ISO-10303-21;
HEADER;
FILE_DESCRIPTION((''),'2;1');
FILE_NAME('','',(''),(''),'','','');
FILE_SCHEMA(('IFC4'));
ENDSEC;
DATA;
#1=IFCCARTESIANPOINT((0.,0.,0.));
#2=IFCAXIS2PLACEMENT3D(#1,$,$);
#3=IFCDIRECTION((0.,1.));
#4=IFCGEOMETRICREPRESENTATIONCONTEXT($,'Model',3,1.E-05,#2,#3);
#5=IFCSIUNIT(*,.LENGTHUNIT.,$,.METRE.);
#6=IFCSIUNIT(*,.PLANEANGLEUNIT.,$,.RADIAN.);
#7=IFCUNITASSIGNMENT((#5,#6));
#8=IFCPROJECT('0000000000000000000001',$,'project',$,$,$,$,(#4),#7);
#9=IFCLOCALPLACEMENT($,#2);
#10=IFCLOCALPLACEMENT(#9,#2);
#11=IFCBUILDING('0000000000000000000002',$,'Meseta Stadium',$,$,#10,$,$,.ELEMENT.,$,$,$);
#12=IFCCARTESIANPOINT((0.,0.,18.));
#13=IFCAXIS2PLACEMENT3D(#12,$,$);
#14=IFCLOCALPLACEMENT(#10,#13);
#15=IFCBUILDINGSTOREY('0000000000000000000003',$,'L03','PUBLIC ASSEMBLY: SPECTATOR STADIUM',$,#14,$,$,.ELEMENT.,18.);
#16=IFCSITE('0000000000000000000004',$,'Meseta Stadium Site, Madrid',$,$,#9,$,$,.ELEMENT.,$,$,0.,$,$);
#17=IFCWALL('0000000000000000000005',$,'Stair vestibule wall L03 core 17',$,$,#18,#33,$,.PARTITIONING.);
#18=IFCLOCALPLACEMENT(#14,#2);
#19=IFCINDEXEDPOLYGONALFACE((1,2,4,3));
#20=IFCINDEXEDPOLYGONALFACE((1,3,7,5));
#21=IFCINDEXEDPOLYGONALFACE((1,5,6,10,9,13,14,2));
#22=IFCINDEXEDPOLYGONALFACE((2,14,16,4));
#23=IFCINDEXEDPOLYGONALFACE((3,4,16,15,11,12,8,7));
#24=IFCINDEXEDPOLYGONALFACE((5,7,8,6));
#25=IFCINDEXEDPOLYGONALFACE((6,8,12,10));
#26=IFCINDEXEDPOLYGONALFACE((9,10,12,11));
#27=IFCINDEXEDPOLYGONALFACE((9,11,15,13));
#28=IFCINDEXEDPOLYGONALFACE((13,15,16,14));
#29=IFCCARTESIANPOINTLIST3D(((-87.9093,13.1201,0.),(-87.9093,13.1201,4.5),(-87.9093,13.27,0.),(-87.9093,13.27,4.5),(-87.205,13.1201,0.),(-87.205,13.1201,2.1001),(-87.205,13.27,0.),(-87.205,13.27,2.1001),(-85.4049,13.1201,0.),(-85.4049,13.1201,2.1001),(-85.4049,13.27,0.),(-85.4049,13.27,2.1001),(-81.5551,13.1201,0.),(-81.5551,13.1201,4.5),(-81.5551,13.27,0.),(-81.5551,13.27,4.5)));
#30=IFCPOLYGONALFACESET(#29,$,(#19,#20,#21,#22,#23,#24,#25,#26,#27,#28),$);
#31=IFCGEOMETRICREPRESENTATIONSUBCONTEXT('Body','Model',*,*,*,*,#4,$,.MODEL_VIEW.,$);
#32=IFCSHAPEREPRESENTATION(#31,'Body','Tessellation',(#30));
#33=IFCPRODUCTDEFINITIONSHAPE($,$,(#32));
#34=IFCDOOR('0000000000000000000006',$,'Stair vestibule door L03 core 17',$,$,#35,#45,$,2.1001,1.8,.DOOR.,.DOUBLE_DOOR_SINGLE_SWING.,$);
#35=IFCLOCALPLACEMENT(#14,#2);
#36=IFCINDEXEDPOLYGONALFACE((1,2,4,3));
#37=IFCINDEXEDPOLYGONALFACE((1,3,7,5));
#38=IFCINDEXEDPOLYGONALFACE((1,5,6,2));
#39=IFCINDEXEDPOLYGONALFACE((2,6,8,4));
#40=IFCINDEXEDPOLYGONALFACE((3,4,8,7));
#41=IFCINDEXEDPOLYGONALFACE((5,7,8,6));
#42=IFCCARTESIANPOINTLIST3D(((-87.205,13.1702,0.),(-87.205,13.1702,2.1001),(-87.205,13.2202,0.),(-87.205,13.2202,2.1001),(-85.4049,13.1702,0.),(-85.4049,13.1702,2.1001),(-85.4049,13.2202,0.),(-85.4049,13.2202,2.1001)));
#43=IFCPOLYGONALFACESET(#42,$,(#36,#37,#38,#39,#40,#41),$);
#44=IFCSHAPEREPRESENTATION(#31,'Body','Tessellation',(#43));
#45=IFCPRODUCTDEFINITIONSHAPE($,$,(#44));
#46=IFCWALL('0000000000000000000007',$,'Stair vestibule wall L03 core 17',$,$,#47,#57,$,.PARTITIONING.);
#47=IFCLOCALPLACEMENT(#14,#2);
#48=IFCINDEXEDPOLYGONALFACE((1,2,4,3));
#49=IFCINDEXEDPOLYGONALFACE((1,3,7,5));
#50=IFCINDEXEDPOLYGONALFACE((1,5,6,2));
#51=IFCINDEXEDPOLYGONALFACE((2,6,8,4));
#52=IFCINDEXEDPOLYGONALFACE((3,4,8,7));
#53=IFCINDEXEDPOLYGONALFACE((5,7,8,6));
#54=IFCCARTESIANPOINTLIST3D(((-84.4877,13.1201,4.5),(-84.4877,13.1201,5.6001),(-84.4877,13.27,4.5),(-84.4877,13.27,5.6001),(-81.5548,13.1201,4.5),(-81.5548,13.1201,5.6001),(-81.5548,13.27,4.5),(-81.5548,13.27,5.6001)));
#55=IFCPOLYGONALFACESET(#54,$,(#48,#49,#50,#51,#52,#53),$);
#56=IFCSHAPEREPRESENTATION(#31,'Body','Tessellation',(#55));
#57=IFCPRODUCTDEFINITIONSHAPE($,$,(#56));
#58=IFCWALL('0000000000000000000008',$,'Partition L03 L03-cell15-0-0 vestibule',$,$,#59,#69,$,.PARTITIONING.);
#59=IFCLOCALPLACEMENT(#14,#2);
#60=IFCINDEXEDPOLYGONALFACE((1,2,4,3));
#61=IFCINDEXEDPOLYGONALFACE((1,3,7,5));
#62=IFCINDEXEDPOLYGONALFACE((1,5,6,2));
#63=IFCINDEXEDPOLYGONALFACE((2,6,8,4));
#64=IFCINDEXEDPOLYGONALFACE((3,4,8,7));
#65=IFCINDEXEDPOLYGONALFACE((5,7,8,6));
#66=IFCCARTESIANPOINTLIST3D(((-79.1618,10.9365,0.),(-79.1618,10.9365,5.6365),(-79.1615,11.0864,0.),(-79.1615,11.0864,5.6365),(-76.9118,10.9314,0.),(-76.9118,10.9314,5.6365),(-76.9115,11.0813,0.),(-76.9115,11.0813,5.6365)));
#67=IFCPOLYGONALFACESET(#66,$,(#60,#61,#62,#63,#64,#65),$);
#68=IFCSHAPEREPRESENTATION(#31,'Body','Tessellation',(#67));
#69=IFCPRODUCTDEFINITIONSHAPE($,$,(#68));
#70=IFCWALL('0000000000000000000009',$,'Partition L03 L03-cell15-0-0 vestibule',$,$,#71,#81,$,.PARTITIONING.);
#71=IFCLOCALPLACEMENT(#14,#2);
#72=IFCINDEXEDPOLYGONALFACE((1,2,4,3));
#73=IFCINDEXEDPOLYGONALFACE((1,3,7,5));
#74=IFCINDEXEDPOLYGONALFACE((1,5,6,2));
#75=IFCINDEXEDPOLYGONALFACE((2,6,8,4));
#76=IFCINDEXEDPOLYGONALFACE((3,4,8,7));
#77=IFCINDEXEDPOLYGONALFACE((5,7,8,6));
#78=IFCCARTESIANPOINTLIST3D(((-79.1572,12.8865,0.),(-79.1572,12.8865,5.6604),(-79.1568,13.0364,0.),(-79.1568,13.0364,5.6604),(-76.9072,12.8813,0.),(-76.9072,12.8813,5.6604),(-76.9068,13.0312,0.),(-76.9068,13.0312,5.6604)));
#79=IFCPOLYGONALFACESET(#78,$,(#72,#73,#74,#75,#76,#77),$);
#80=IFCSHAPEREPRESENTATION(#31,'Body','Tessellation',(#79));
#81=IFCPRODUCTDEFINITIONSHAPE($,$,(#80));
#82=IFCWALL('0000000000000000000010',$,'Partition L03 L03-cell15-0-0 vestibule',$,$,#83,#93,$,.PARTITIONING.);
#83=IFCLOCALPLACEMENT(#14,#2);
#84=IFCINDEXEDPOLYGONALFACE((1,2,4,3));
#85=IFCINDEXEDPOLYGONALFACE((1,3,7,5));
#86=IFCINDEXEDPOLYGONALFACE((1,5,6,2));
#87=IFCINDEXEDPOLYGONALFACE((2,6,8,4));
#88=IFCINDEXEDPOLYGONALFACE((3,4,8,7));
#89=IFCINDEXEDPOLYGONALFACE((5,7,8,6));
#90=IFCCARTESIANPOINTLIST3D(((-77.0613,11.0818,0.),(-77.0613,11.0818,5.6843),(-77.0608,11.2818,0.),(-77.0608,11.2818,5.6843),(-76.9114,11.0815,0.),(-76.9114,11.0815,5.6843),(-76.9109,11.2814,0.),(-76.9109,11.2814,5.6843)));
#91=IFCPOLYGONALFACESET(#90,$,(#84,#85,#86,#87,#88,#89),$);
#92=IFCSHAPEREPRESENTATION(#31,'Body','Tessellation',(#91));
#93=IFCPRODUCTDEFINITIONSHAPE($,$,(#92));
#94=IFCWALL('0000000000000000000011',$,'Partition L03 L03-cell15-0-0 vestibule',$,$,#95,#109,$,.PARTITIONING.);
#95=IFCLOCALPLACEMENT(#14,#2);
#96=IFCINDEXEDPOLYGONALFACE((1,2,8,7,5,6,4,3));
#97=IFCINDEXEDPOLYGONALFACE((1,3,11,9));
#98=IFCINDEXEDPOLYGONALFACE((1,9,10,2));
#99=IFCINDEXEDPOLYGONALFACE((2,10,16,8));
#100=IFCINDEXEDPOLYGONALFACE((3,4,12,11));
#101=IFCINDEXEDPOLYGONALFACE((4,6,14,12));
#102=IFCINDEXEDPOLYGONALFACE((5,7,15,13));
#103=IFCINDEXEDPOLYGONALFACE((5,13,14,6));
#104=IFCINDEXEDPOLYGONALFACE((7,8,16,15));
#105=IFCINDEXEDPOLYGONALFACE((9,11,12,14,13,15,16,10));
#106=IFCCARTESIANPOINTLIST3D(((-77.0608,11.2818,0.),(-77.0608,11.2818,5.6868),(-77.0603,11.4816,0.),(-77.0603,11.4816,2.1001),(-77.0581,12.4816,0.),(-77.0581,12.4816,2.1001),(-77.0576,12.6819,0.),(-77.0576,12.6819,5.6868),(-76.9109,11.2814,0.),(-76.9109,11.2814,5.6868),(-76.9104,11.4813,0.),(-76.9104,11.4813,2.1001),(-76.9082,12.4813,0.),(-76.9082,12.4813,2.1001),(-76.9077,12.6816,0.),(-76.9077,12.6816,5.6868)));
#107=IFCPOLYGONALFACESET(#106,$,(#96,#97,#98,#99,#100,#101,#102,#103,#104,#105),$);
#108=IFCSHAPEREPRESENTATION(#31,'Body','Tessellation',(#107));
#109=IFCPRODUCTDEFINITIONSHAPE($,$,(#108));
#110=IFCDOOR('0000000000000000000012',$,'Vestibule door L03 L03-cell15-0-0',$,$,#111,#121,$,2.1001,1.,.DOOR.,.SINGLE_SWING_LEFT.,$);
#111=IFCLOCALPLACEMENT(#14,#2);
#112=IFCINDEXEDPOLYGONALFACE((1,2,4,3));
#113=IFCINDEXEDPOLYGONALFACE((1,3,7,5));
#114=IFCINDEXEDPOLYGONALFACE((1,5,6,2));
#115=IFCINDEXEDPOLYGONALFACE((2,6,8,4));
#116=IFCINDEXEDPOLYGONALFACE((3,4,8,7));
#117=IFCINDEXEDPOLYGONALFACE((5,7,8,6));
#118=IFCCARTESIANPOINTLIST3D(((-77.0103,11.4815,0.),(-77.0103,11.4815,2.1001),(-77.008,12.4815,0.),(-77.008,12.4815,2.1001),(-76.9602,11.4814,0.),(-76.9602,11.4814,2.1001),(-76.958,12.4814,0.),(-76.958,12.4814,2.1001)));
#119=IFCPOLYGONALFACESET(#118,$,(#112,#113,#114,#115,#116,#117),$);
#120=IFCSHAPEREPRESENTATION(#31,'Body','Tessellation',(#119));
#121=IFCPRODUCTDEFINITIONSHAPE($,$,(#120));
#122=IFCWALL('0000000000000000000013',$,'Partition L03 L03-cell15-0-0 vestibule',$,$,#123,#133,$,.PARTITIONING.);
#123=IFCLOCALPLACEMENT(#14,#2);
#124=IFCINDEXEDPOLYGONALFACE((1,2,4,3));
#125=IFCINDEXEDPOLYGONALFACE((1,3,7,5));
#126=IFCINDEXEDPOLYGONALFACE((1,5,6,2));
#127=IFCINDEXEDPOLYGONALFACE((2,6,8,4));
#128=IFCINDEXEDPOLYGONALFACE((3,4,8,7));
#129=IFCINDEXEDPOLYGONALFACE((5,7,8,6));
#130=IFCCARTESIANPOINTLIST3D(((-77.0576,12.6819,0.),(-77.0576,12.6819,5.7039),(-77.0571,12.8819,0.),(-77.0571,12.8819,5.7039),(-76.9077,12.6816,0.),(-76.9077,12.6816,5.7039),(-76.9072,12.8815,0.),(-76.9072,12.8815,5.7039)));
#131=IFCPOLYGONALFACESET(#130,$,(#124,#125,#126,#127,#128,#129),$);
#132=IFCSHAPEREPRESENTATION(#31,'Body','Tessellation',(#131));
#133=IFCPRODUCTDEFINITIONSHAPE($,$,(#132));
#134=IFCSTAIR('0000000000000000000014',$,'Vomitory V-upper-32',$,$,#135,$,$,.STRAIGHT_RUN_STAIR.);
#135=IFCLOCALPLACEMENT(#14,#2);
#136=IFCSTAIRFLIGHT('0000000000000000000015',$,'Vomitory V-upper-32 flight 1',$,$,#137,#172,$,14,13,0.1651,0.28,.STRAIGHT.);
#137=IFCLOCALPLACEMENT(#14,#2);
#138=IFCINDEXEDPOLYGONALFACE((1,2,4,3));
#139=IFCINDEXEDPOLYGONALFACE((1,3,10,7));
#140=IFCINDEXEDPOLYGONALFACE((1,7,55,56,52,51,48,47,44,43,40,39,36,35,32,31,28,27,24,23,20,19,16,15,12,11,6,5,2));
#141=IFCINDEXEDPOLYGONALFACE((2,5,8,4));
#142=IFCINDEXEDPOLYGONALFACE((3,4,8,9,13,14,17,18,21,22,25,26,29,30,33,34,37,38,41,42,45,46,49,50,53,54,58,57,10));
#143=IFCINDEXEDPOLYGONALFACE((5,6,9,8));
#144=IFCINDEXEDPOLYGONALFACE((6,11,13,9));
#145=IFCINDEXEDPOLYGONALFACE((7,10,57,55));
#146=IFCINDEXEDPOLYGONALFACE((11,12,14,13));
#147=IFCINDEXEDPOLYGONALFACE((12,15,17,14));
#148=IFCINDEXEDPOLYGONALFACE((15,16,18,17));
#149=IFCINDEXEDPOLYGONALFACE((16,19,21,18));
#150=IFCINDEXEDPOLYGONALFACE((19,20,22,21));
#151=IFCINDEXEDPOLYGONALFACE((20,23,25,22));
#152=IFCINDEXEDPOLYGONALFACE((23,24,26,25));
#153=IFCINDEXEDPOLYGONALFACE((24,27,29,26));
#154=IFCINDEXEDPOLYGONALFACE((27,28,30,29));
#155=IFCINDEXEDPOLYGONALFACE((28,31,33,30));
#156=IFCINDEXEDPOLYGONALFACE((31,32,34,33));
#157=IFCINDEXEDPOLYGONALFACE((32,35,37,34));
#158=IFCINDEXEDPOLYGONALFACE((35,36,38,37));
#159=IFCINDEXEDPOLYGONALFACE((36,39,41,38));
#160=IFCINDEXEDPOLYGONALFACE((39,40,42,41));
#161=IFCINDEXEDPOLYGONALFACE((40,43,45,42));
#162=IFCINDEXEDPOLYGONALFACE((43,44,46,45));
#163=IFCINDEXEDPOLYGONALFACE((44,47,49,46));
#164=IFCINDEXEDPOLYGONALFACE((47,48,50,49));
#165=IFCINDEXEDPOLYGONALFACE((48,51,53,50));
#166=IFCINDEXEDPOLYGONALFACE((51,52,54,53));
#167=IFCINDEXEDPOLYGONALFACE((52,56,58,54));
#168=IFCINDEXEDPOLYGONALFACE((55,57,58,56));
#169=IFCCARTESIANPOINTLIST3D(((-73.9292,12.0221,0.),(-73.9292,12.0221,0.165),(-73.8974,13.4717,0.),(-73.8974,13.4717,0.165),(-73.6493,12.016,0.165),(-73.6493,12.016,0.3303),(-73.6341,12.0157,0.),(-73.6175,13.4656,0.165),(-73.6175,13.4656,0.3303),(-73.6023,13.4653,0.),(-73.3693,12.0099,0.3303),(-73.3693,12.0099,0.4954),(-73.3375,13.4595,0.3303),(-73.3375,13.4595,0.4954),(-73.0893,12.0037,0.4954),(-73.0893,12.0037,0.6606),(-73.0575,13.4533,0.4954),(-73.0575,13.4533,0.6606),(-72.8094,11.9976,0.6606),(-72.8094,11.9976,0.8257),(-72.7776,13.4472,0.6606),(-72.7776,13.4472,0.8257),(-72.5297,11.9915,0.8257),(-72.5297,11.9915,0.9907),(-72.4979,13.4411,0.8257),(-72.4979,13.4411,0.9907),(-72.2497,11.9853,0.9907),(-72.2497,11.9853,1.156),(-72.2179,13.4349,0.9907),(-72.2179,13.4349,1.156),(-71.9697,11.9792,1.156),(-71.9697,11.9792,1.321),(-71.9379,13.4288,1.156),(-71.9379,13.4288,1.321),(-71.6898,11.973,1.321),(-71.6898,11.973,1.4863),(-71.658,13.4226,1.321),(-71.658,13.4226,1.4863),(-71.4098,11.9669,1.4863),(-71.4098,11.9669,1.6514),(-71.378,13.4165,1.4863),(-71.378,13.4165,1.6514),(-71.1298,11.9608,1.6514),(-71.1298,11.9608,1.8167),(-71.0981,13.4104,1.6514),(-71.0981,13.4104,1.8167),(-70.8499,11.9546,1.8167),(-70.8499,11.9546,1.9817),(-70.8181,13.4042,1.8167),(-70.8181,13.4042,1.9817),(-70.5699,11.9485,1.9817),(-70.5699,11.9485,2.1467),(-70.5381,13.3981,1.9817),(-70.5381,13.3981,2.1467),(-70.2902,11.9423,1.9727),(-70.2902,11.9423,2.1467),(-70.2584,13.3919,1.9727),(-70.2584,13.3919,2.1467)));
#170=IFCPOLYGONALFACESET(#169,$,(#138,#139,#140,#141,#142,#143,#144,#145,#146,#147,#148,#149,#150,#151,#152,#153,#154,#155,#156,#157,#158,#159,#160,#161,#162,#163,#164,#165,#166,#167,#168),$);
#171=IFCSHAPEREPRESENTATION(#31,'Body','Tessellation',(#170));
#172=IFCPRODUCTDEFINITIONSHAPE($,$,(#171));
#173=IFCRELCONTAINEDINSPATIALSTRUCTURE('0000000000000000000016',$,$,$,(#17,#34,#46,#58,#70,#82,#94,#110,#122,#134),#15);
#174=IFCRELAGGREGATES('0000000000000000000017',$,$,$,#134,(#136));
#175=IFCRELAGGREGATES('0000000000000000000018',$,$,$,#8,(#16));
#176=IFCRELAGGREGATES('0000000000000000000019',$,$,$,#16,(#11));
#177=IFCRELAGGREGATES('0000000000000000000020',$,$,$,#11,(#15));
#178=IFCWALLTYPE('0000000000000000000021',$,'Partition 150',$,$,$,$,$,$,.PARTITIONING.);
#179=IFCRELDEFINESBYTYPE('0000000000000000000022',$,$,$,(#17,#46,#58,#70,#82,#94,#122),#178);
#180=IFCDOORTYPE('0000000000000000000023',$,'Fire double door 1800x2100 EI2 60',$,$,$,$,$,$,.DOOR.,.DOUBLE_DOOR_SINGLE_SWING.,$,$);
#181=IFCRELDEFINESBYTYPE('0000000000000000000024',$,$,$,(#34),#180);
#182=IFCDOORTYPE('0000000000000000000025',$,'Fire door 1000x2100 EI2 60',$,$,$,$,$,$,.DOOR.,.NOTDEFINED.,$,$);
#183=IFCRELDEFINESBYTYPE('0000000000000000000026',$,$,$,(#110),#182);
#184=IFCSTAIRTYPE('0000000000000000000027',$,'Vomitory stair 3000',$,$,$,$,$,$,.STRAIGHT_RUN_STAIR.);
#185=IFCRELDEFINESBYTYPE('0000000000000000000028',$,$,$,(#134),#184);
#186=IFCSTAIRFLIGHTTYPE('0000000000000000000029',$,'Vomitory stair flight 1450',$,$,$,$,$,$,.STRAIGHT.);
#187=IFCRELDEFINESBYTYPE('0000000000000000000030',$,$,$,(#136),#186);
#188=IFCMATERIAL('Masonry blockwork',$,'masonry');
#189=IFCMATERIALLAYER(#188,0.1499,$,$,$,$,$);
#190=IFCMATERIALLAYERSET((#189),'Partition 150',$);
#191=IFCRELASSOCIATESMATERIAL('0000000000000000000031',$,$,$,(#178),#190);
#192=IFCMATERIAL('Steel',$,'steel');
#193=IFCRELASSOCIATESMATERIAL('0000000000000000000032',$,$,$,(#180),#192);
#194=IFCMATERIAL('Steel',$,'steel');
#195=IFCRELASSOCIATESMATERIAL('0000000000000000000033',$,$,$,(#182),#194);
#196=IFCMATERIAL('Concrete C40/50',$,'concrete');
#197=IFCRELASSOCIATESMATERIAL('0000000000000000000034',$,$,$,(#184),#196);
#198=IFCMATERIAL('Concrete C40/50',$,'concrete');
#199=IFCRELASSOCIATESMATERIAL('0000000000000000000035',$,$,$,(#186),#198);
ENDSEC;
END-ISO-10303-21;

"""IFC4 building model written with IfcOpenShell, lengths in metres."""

from ifc_helpers import new_model, si_unit, direction, frame, frame_2d, origin, place, context, subcontext, project, spatial, polyline, rectangle, outline, extrude, material, layer, layer_set, type_object, element, fill, aggregate, save


model = new_model("IFC4")

# Units and contexts
model_context = context("Model", 3, precision=1e-05, world=origin(), true_north=direction((0.0, 1.0)))
body_context = subcontext(model_context, "Body", "Model", "MODEL_VIEW")
ifc_project = project(units=[si_unit("LENGTHUNIT", "METRE"), si_unit("PLANEANGLEUNIT", "RADIAN")], contexts=[model_context])

# Site, building, storey
site_placement = place(None, origin())
site = spatial("IfcSite", under=ifc_project, at=site_placement, Name="Meseta Stadium Site, Madrid", CompositionType="ELEMENT", RefElevation=0.0)
building_placement = place(site_placement, origin())
building = spatial("IfcBuilding", under=site, at=building_placement, Name="Meseta Stadium", CompositionType="ELEMENT")
storey_placement = place(building_placement, frame((0.0, 0.0, 18.0)))
storey = spatial("IfcBuildingStorey", under=building, at=storey_placement, Name="L03", Description="PUBLIC ASSEMBLY: SPECTATOR STADIUM", CompositionType="ELEMENT", Elevation=18.0)

# Wall, opening, door
ifc_material_1 = material(Name="Masonry blockwork", Category="masonry")
ifc_layer_1 = layer(ifc_material_1, 0.1499)
ifc_layer_set_1 = layer_set([ifc_layer_1], Name="Partition 150")
wall_type = type_object("IfcWallType", Name="Partition 150", PredefinedType="PARTITIONING", material=ifc_layer_set_1)
wall_1_placement = place(storey_placement, frame((-81.5549, 13.1951, 0.0), z_axis=(0.0, 0.0, 1.0), x_axis=(-1.0, 0.0, 0.0)))
wall_1 = element("IfcWall", 1, at=wall_1_placement, inside=storey, type_object=wall_type, Name="Stair vestibule wall L03 core 17", PredefinedType="PARTITIONING", context=body_context, shape_type="SweptSolid", body=[
    extrude(rectangle(XDim=6.3542, YDim=0.1499, at=frame_2d((3.1772, 0.0))), origin(), (0.0, 0.0, 1.0), 4.5),
])
opening_1_placement = place(wall_1_placement, frame((3.8501, 0.0, 0.0)))
opening_1 = element("IfcOpeningElement", 2, at=opening_1_placement, cuts=wall_1, PredefinedType="OPENING", context=body_context, shape_type="SweptSolid", body=[
    extrude(rectangle(XDim=1.8, YDim=2.1001, at=frame_2d((0.8999, 1.05))), frame((0.0, 0.085, 0.0), z_axis=(0.0, -1.0, 0.0), x_axis=(1.0, 0.0, 0.0)), (0.0, 0.0, 1.0), 0.1699),
])
ifc_material_2 = material(Name="Steel", Category="steel")
door_type_1 = type_object("IfcDoorType", Name="Fire double door 1800x2100 EI2 60", OperationType="DOUBLE_DOOR_SINGLE_SWING", PredefinedType="DOOR", material=ifc_material_2)
door_1_placement = place(opening_1_placement, origin())
door_1 = element("IfcDoor", 3, at=door_1_placement, inside=storey, type_object=door_type_1, Name="Stair vestibule door L03 core 17", OperationType="DOUBLE_DOOR_SINGLE_SWING", OverallHeight=2.1001, OverallWidth=1.8, PredefinedType="DOOR", context=body_context, shape_type="SweptSolid", body=[
    extrude(rectangle(XDim=1.8, YDim=2.1001, at=frame_2d((0.8999, 1.05))), frame((0.0, 0.0249, 0.0), z_axis=(0.0, -1.0, 0.0), x_axis=(1.0, 0.0, 0.0)), (0.0, 0.0, 1.0), 0.05),
])
fill(opening_1, door_1)

# Walls
wall_2_placement = place(storey_placement, frame((-81.5549, 13.1951, 4.5), z_axis=(0.0, 0.0, 1.0), x_axis=(-1.0, 0.0, 0.0)))
element("IfcWall", 4, at=wall_2_placement, inside=storey, type_object=wall_type, Name="Stair vestibule wall L03 core 17", PredefinedType="PARTITIONING", context=body_context, shape_type="SweptSolid", body=[
    extrude(rectangle(XDim=2.9329, YDim=0.1499, at=frame_2d((1.4663, 0.0))), origin(), (0.0, 0.0, 1.0), 1.1001),
])
wall_3_placement = place(storey_placement, frame((-79.1616, 11.0115, 0.0), z_axis=(0.0, 0.0, 1.0), x_axis=(0.999997, -0.002279, 0.0)))
element("IfcWall", 5, at=wall_3_placement, inside=storey, type_object=wall_type, Name="Partition L03 L03-cell15-0-0 vestibule", PredefinedType="PARTITIONING", context=body_context, shape_type="SweptSolid", body=[
    extrude(rectangle(XDim=2.25, YDim=0.1499, at=frame_2d((1.125, 0.0))), origin(), (0.0, 0.0, 1.0), 5.6365),
])
wall_4_placement = place(storey_placement, frame((-79.157, 12.9614, 0.0), z_axis=(0.0, 0.0, 1.0), x_axis=(0.999997, -0.002279, 0.0)))
element("IfcWall", 6, at=wall_4_placement, inside=storey, type_object=wall_type, Name="Partition L03 L03-cell15-0-0 vestibule", PredefinedType="PARTITIONING", context=body_context, shape_type="SweptSolid", body=[
    extrude(rectangle(XDim=2.25, YDim=0.1499, at=frame_2d((1.125, 0.0))), origin(), (0.0, 0.0, 1.0), 5.6604),
])
wall_5_placement = place(storey_placement, frame((-76.9863, 11.0815, 0.0), z_axis=(0.0, 0.0, 1.0), x_axis=(0.002442, 0.999997, 0.0)))
element("IfcWall", 7, at=wall_5_placement, inside=storey, type_object=wall_type, Name="Partition L03 L03-cell15-0-0 vestibule", PredefinedType="PARTITIONING", context=body_context, shape_type="SweptSolid", body=[
    extrude(rectangle(XDim=0.2, YDim=0.1499, at=frame_2d((0.1001, 0.0))), origin(), (0.0, 0.0, 1.0), 5.6843),
])

# Wall, opening, door
wall_6_placement = place(storey_placement, frame((-76.9858, 11.2815, 0.0), z_axis=(0.0, 0.0, 1.0), x_axis=(0.002267, 0.999997, 0.0)))
wall_6 = element("IfcWall", 8, at=wall_6_placement, inside=storey, type_object=wall_type, Name="Partition L03 L03-cell15-0-0 vestibule", PredefinedType="PARTITIONING", context=body_context, shape_type="SweptSolid", body=[
    extrude(rectangle(XDim=1.4001, YDim=0.1499, at=frame_2d((0.7002, 0.0))), origin(), (0.0, 0.0, 1.0), 5.6868),
])
opening_2_placement = place(wall_6_placement, frame((0.2, 0.0, 0.0)))
opening_2 = element("IfcOpeningElement", 9, at=opening_2_placement, cuts=wall_6, PredefinedType="OPENING", context=body_context, shape_type="SweptSolid", body=[
    extrude(rectangle(XDim=1.0, YDim=2.1001, at=frame_2d((0.5, 1.05))), frame((0.0, 0.085, 0.0), z_axis=(0.0, -1.0, 0.0), x_axis=(1.0, 0.0, 0.0)), (0.0, 0.0, 1.0), 0.1699),
])
ifc_material_3 = material(Name="Steel", Category="steel")
door_type_2 = type_object("IfcDoorType", Name="Fire door 1000x2100 EI2 60", OperationType="NOTDEFINED", PredefinedType="DOOR", material=ifc_material_3)
door_2_placement = place(opening_2_placement, origin())
door_2 = element("IfcDoor", 10, at=door_2_placement, inside=storey, type_object=door_type_2, Name="Vestibule door L03 L03-cell15-0-0", OperationType="SINGLE_SWING_LEFT", OverallHeight=2.1001, OverallWidth=1.0, PredefinedType="DOOR", context=body_context, shape_type="SweptSolid", body=[
    extrude(rectangle(XDim=1.0, YDim=2.1001, at=frame_2d((0.5, 1.05))), frame((0.0, 0.0249, 0.0), z_axis=(0.0, -1.0, 0.0), x_axis=(1.0, 0.0, 0.0)), (0.0, 0.0, 1.0), 0.05),
])
fill(opening_2, door_2)

# Wall
wall_7_placement = place(storey_placement, frame((-76.9827, 12.6816, 0.0), z_axis=(0.0, 0.0, 1.0), x_axis=(0.002442, 0.999997, 0.0)))
element("IfcWall", 11, at=wall_7_placement, inside=storey, type_object=wall_type, Name="Partition L03 L03-cell15-0-0 vestibule", PredefinedType="PARTITIONING", context=body_context, shape_type="SweptSolid", body=[
    extrude(rectangle(XDim=0.2, YDim=0.1499, at=frame_2d((0.1001, 0.0))), origin(), (0.0, 0.0, 1.0), 5.7039),
])

# Stair, stair flight
ifc_material_4 = material(Name="Concrete C40/50", Category="concrete")
stair_type = type_object("IfcStairType", Name="Vomitory stair 3000", PredefinedType="STRAIGHT_RUN_STAIR", material=ifc_material_4)
stair_placement = place(storey_placement, origin())
stair = element("IfcStair", 12, at=stair_placement, inside=storey, type_object=stair_type, Name="Vomitory V-upper-32", PredefinedType="STRAIGHT_RUN_STAIR")
ifc_material_5 = material(Name="Concrete C40/50", Category="concrete")
stair_flight_type = type_object("IfcStairFlightType", Name="Vomitory stair flight 1450", PredefinedType="STRAIGHT", material=ifc_material_5)
stair_flight_1_placement = place(storey_placement, frame((-73.9133, 12.7468, 0.0), z_axis=(0.0, 0.0, 1.0), x_axis=(0.99976, -0.021925, 0.0)))
stair_flight_1 = element("IfcStairFlight", 13, at=stair_flight_1_placement, type_object=stair_flight_type, Name="Vomitory V-upper-32 flight 1", NumberOfRisers=14, NumberOfTreads=13, PredefinedType="STRAIGHT", RiserHeight=0.1651, TreadLength=0.28, context=body_context, shape_type="SweptSolid", body=[
    extrude(outline(polyline([(0.0, 0.0), (0.0, 0.165), (0.28, 0.165), (0.28, 0.3303), (0.5601, 0.3303), (0.5601, 0.4954), (0.8401, 0.4954), (0.8401, 0.6606), (1.1201, 0.6606), (1.1201, 0.8257), (1.3999, 0.8257), (1.3999, 0.9907), (1.6799, 0.9907), (1.6799, 1.156), (1.96, 1.156), (1.96, 1.321), (2.24, 1.321), (2.24, 1.4863), (2.52, 1.4863), (2.52, 1.6514), (2.8, 1.6514), (2.8, 1.8167), (3.0801, 1.8167), (3.0801, 1.9817), (3.3601, 1.9817), (3.3601, 2.1467), (3.6399, 2.1467), (3.6399, 1.9727), (0.2952, 0.0), (0.0, 0.0)])), frame((0.0, 0.7251, 0.0), z_axis=(0.0, -1.0, 0.0), x_axis=(1.0, 0.0, 0.0)), (0.0, 0.0, 1.0), 1.45),
])
aggregate(stair, [stair_flight_1])

save(model, "model.ifc")
